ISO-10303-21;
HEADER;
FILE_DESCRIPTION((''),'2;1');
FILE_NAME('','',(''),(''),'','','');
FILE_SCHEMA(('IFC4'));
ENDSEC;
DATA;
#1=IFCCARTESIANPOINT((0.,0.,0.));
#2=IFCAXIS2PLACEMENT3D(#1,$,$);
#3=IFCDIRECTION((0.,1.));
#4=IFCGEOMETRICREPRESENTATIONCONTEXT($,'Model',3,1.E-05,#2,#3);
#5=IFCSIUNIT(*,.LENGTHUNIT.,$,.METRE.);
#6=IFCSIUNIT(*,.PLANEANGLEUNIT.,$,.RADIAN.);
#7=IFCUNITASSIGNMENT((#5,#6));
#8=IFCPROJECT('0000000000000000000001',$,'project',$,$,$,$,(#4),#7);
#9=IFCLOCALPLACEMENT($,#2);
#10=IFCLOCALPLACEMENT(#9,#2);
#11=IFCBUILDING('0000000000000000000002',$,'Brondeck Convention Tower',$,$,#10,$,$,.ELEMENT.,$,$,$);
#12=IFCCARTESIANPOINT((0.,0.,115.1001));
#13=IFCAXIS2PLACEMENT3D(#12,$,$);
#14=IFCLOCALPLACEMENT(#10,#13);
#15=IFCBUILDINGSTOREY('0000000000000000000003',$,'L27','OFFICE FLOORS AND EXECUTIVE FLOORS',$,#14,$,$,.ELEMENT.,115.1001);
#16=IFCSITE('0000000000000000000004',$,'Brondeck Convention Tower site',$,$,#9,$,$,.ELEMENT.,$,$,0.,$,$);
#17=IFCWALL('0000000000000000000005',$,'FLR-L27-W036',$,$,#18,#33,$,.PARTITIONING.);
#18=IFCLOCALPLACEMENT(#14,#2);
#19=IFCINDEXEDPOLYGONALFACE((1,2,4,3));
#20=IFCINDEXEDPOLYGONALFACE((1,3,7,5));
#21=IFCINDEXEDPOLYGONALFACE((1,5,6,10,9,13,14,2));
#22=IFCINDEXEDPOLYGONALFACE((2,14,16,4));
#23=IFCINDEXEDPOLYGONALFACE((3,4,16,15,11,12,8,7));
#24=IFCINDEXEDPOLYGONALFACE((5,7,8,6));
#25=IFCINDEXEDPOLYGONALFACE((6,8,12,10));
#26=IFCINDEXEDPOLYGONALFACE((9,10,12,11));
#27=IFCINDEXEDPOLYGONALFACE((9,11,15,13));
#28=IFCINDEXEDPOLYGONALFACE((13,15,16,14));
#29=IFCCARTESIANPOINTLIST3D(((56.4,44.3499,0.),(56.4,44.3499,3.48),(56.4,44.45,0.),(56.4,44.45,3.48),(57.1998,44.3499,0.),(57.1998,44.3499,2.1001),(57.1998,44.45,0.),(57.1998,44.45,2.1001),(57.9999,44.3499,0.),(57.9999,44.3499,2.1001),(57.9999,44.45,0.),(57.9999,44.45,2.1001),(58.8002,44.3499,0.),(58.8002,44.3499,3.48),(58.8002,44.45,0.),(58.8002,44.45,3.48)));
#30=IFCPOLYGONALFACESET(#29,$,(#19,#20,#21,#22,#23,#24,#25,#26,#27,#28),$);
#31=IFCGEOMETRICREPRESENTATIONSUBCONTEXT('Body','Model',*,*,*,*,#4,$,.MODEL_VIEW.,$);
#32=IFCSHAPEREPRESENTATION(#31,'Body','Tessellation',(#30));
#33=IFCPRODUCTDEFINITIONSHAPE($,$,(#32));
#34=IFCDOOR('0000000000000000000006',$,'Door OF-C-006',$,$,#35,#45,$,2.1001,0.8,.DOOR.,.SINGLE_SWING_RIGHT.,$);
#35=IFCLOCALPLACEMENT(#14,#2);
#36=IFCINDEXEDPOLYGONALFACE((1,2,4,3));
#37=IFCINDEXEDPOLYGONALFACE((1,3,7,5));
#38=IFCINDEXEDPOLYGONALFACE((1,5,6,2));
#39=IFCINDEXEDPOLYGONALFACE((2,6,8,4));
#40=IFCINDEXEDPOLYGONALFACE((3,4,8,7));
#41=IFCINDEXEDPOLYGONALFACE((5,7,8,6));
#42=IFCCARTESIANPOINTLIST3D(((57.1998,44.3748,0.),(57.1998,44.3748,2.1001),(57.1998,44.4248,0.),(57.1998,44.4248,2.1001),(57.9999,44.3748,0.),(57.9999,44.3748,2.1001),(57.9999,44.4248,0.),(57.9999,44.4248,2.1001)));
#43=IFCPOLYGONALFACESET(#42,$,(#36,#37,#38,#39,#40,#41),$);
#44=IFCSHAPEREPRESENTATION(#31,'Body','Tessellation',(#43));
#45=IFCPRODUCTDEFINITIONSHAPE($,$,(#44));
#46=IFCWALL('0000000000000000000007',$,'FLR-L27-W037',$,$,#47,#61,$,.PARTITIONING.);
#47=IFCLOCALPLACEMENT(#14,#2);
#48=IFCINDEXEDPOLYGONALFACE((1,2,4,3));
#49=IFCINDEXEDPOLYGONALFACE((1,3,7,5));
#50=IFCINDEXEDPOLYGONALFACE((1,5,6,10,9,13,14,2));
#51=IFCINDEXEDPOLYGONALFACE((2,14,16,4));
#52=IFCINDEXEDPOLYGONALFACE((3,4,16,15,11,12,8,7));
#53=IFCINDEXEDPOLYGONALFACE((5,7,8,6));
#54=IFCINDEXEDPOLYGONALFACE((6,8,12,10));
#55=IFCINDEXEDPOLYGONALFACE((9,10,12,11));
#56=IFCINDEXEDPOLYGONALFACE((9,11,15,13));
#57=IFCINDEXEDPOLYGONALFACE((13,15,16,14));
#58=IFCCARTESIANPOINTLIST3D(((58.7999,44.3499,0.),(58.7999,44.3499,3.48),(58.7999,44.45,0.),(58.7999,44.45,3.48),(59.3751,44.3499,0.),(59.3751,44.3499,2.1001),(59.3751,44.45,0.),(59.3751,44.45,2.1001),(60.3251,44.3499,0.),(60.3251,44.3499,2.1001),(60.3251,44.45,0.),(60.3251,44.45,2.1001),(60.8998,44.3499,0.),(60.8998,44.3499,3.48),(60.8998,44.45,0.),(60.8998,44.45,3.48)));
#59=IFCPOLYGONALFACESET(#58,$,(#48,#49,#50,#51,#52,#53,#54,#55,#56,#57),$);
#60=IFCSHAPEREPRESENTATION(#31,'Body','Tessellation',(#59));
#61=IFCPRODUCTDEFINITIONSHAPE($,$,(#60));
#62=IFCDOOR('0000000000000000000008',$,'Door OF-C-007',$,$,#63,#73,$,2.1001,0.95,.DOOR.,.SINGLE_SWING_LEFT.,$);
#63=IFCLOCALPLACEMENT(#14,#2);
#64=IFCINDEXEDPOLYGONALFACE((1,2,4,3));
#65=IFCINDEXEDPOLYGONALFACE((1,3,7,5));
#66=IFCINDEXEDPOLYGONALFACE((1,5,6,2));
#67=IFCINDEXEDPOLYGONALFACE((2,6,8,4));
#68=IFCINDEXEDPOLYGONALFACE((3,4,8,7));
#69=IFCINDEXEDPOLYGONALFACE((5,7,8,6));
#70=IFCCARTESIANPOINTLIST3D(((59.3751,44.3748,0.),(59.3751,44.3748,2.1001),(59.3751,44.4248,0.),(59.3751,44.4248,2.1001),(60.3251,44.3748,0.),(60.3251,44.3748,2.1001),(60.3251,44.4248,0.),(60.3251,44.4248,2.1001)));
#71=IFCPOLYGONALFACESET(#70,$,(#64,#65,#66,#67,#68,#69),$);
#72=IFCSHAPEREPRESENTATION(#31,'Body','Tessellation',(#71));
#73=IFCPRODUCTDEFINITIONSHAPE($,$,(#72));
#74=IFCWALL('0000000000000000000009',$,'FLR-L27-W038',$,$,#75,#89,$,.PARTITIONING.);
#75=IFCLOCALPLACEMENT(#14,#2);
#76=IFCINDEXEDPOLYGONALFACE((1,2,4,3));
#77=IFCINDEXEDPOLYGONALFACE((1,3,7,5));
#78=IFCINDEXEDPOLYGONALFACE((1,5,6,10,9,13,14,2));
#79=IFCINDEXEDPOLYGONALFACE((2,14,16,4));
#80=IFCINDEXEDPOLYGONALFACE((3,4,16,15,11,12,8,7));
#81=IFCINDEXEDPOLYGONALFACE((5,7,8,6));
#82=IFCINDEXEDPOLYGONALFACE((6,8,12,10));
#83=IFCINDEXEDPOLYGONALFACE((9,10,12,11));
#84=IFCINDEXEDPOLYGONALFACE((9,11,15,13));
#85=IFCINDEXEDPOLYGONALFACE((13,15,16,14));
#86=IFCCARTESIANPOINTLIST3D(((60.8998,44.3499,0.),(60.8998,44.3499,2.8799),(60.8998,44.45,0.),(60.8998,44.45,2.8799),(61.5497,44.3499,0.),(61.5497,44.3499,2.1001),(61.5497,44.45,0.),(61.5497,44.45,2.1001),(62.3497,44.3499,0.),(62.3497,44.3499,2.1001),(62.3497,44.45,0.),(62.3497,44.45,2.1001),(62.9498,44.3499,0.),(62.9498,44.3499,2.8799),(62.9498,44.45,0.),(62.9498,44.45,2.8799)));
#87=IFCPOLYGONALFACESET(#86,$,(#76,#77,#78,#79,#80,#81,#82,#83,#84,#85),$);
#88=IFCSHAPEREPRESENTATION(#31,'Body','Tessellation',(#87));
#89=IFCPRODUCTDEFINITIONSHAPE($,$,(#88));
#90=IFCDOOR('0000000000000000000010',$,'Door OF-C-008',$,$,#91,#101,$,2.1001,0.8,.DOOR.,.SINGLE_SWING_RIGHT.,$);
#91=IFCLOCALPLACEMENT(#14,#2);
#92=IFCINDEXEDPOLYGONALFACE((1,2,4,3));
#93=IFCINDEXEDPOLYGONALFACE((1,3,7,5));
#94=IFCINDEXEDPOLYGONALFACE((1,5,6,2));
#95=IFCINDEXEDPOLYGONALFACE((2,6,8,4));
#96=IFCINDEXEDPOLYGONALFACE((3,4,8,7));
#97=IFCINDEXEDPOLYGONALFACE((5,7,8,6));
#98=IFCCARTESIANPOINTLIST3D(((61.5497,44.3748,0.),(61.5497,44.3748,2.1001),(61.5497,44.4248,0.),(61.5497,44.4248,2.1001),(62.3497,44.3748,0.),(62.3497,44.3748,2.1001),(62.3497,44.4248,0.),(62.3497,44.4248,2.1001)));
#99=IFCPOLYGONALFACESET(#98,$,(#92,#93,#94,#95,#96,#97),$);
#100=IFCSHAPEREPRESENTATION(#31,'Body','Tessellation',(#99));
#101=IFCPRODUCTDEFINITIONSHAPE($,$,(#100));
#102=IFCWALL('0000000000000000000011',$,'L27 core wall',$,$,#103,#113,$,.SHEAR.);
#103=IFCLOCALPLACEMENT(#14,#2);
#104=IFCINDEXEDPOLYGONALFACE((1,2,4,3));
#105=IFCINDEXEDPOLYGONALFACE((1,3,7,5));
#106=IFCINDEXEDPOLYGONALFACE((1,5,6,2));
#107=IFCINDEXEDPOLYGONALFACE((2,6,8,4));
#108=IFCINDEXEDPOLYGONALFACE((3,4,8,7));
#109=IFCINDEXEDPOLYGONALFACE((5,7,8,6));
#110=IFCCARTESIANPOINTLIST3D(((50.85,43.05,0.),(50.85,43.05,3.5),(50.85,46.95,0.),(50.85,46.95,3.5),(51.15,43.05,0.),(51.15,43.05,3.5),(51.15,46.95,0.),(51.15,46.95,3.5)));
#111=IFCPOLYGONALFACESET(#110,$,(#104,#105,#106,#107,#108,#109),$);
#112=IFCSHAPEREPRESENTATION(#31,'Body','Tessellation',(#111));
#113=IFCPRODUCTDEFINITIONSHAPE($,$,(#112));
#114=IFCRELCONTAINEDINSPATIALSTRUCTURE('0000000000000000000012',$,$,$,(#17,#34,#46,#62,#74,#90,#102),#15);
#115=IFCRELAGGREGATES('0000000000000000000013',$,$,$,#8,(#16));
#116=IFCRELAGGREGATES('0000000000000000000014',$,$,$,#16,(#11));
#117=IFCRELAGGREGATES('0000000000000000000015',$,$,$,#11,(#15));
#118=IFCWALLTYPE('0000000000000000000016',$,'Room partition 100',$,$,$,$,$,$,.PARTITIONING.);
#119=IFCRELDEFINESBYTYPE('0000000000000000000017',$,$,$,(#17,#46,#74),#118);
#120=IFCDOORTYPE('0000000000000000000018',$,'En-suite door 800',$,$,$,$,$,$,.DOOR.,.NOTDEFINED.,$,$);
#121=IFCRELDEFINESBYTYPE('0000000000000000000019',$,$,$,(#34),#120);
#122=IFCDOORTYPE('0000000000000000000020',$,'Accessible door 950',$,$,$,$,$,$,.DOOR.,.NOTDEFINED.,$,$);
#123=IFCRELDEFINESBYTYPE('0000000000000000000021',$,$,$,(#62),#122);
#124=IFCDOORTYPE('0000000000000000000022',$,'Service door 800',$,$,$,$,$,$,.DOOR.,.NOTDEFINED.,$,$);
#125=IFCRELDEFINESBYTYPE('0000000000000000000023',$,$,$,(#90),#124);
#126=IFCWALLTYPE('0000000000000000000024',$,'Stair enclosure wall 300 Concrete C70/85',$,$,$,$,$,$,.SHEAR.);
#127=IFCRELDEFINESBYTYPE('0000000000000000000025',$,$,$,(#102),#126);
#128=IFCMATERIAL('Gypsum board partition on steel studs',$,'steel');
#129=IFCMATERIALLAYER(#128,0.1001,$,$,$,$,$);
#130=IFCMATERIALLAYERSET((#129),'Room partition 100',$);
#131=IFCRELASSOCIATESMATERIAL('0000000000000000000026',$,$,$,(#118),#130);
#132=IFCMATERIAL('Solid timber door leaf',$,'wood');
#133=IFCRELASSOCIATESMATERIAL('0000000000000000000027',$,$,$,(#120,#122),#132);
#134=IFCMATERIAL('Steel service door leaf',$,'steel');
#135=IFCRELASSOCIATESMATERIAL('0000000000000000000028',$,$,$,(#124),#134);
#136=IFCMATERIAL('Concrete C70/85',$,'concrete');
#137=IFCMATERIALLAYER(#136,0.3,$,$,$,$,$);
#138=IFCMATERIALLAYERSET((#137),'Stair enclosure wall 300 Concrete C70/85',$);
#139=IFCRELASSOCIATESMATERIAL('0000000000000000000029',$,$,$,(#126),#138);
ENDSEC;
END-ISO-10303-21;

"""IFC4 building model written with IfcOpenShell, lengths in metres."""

from ifc_helpers import new_model, si_unit, direction, frame, frame_2d, origin, place, context, subcontext, project, spatial, rectangle, extrude, material, layer, layer_set, type_object, element, fill, save


model = new_model("IFC4")

# Units and contexts
model_context = context("Model", 3, precision=1e-05, world=origin(), true_north=direction((0.0, 1.0)))
body_context = subcontext(model_context, "Body", "Model", "MODEL_VIEW")
ifc_project = project(units=[si_unit("LENGTHUNIT", "METRE"), si_unit("PLANEANGLEUNIT", "RADIAN")], contexts=[model_context])

# Site, building, storey
site_placement = place(None, origin())
site = spatial("IfcSite", under=ifc_project, at=site_placement, Name="Brondeck Convention Tower site", CompositionType="ELEMENT", RefElevation=0.0)
building_placement = place(site_placement, origin())
building = spatial("IfcBuilding", under=site, at=building_placement, Name="Brondeck Convention Tower", CompositionType="ELEMENT")
storey_placement = place(building_placement, frame((0.0, 0.0, 115.1001)))
storey = spatial("IfcBuildingStorey", under=building, at=storey_placement, Name="L27", Description="OFFICE FLOORS AND EXECUTIVE FLOORS", CompositionType="ELEMENT", Elevation=115.1001)

# Shared definitions
ifc_material_1 = material(Name="Concrete C70/85", Category="concrete")

# Shared definitions
ifc_material_2 = material(Name="Gypsum board partition on steel studs", Category="steel")
ifc_layer_1 = layer(ifc_material_2, 0.1001)
ifc_layer_set_1 = layer_set([ifc_layer_1], Name="Room partition 100")
wall_type_1 = type_object("IfcWallType", Name="Room partition 100", PredefinedType="PARTITIONING", material=ifc_layer_set_1)
ifc_material_3 = material(Name="Solid timber door leaf", Category="wood")

# Walls, openings, doors
wall_1_placement = place(storey_placement, frame((56.3999, 44.3999, 0.0), z_axis=(0.0, 0.0, 1.0), x_axis=(1.0, 0.0, 0.0)))
wall_1 = element("IfcWall", 1, at=wall_1_placement, inside=storey, type_object=wall_type_1, Name="FLR-L27-W036", PredefinedType="PARTITIONING", context=body_context, shape_type="SweptSolid", body=[
    extrude(rectangle(XDim=2.4001, YDim=0.1001, at=frame_2d((1.2002, 0.0))), origin(), (0.0, 0.0, 1.0), 3.48),
])
opening_1_placement = place(wall_1_placement, frame((0.8, 0.0, 0.0)))
opening_1 = element("IfcOpeningElement", 2, at=opening_1_placement, cuts=wall_1, PredefinedType="OPENING", context=body_context, shape_type="SweptSolid", body=[
    extrude(rectangle(XDim=0.8, YDim=2.1001, at=frame_2d((0.3999, 1.05))), frame((0.0, 0.0601, 0.0), z_axis=(0.0, -1.0, 0.0), x_axis=(1.0, 0.0, 0.0)), (0.0, 0.0, 1.0), 0.1201),
])
door_type_1 = type_object("IfcDoorType", Name="En-suite door 800", OperationType="NOTDEFINED", PredefinedType="DOOR", material=ifc_material_3)
door_1_placement = place(opening_1_placement, origin())
door_1 = element("IfcDoor", 3, at=door_1_placement, inside=storey, type_object=door_type_1, Name="Door OF-C-006", OperationType="SINGLE_SWING_RIGHT", OverallHeight=2.1001, OverallWidth=0.8, PredefinedType="DOOR", context=body_context, shape_type="SweptSolid", body=[
    extrude(rectangle(XDim=0.8, YDim=2.1001, at=frame_2d((0.3999, 1.05))), frame((0.0, 0.0249, 0.0), z_axis=(0.0, -1.0, 0.0), x_axis=(1.0, 0.0, 0.0)), (0.0, 0.0, 1.0), 0.05),
])
fill(opening_1, door_1)
wall_2_placement = place(storey_placement, frame((58.8, 44.3999, 0.0), z_axis=(0.0, 0.0, 1.0), x_axis=(1.0, 0.0, 0.0)))
wall_2 = element("IfcWall", 4, at=wall_2_placement, inside=storey, type_object=wall_type_1, Name="FLR-L27-W037", PredefinedType="PARTITIONING", context=body_context, shape_type="SweptSolid", body=[
    extrude(rectangle(XDim=2.0999, YDim=0.1001, at=frame_2d((1.0498, 0.0))), origin(), (0.0, 0.0, 1.0), 3.48),
])
opening_2_placement = place(wall_2_placement, frame((0.575, 0.0, 0.0)))
opening_2 = element("IfcOpeningElement", 5, at=opening_2_placement, cuts=wall_2, PredefinedType="OPENING", context=body_context, shape_type="SweptSolid", body=[
    extrude(rectangle(XDim=0.95, YDim=2.1001, at=frame_2d((0.4751, 1.05))), frame((0.0, 0.0601, 0.0), z_axis=(0.0, -1.0, 0.0), x_axis=(1.0, 0.0, 0.0)), (0.0, 0.0, 1.0), 0.1201),
])
door_type_2 = type_object("IfcDoorType", Name="Accessible door 950", OperationType="NOTDEFINED", PredefinedType="DOOR", material=ifc_material_3)
door_2_placement = place(opening_2_placement, origin())
door_2 = element("IfcDoor", 6, at=door_2_placement, inside=storey, type_object=door_type_2, Name="Door OF-C-007", OperationType="SINGLE_SWING_LEFT", OverallHeight=2.1001, OverallWidth=0.95, PredefinedType="DOOR", context=body_context, shape_type="SweptSolid", body=[
    extrude(rectangle(XDim=0.95, YDim=2.1001, at=frame_2d((0.4751, 1.05))), frame((0.0, 0.0249, 0.0), z_axis=(0.0, -1.0, 0.0), x_axis=(1.0, 0.0, 0.0)), (0.0, 0.0, 1.0), 0.05),
])
fill(opening_2, door_2)
wall_3_placement = place(storey_placement, frame((60.8999, 44.3999, 0.0), z_axis=(0.0, 0.0, 1.0), x_axis=(1.0, 0.0, 0.0)))
wall_3 = element("IfcWall", 7, at=wall_3_placement, inside=storey, type_object=wall_type_1, Name="FLR-L27-W038", PredefinedType="PARTITIONING", context=body_context, shape_type="SweptSolid", body=[
    extrude(rectangle(XDim=2.05, YDim=0.1001, at=frame_2d((1.0249, 0.0))), origin(), (0.0, 0.0, 1.0), 2.8799),
])
opening_3_placement = place(wall_3_placement, frame((0.6499, 0.0, 0.0)))
opening_3 = element("IfcOpeningElement", 8, at=opening_3_placement, cuts=wall_3, PredefinedType="OPENING", context=body_context, shape_type="SweptSolid", body=[
    extrude(rectangle(XDim=0.8, YDim=2.1001, at=frame_2d((0.3999, 1.05))), frame((0.0, 0.0601, 0.0), z_axis=(0.0, -1.0, 0.0), x_axis=(1.0, 0.0, 0.0)), (0.0, 0.0, 1.0), 0.1201),
])
ifc_material_4 = material(Name="Steel service door leaf", Category="steel")
door_type_3 = type_object("IfcDoorType", Name="Service door 800", OperationType="NOTDEFINED", PredefinedType="DOOR", material=ifc_material_4)
door_3_placement = place(opening_3_placement, origin())
door_3 = element("IfcDoor", 9, at=door_3_placement, inside=storey, type_object=door_type_3, Name="Door OF-C-008", OperationType="SINGLE_SWING_RIGHT", OverallHeight=2.1001, OverallWidth=0.8, PredefinedType="DOOR", context=body_context, shape_type="SweptSolid", body=[
    extrude(rectangle(XDim=0.8, YDim=2.1001, at=frame_2d((0.3999, 1.05))), frame((0.0, 0.0249, 0.0), z_axis=(0.0, -1.0, 0.0), x_axis=(1.0, 0.0, 0.0)), (0.0, 0.0, 1.0), 0.05),
])
fill(opening_3, door_3)

# Wall
ifc_layer_2 = layer(ifc_material_1, 0.3)
ifc_layer_set_2 = layer_set([ifc_layer_2], Name="Stair enclosure wall 300 Concrete C70/85")
wall_type_2 = type_object("IfcWallType", Name="Stair enclosure wall 300 Concrete C70/85", PredefinedType="SHEAR", material=ifc_layer_set_2)
wall_4_placement = place(storey_placement, frame((51.0, 43.05, 0.0), z_axis=(0.0, 0.0, 1.0), x_axis=(0.0, 1.0, 0.0)))
element("IfcWall", 10, at=wall_4_placement, inside=storey, type_object=wall_type_2, Name="L27 core wall", PredefinedType="SHEAR", context=body_context, shape_type="SweptSolid", body=[
    extrude(rectangle(XDim=3.8999, YDim=0.3, at=frame_2d((1.95, 0.0))), origin(), (0.0, 0.0, 1.0), 3.5),
])

save(model, "model.ifc")
